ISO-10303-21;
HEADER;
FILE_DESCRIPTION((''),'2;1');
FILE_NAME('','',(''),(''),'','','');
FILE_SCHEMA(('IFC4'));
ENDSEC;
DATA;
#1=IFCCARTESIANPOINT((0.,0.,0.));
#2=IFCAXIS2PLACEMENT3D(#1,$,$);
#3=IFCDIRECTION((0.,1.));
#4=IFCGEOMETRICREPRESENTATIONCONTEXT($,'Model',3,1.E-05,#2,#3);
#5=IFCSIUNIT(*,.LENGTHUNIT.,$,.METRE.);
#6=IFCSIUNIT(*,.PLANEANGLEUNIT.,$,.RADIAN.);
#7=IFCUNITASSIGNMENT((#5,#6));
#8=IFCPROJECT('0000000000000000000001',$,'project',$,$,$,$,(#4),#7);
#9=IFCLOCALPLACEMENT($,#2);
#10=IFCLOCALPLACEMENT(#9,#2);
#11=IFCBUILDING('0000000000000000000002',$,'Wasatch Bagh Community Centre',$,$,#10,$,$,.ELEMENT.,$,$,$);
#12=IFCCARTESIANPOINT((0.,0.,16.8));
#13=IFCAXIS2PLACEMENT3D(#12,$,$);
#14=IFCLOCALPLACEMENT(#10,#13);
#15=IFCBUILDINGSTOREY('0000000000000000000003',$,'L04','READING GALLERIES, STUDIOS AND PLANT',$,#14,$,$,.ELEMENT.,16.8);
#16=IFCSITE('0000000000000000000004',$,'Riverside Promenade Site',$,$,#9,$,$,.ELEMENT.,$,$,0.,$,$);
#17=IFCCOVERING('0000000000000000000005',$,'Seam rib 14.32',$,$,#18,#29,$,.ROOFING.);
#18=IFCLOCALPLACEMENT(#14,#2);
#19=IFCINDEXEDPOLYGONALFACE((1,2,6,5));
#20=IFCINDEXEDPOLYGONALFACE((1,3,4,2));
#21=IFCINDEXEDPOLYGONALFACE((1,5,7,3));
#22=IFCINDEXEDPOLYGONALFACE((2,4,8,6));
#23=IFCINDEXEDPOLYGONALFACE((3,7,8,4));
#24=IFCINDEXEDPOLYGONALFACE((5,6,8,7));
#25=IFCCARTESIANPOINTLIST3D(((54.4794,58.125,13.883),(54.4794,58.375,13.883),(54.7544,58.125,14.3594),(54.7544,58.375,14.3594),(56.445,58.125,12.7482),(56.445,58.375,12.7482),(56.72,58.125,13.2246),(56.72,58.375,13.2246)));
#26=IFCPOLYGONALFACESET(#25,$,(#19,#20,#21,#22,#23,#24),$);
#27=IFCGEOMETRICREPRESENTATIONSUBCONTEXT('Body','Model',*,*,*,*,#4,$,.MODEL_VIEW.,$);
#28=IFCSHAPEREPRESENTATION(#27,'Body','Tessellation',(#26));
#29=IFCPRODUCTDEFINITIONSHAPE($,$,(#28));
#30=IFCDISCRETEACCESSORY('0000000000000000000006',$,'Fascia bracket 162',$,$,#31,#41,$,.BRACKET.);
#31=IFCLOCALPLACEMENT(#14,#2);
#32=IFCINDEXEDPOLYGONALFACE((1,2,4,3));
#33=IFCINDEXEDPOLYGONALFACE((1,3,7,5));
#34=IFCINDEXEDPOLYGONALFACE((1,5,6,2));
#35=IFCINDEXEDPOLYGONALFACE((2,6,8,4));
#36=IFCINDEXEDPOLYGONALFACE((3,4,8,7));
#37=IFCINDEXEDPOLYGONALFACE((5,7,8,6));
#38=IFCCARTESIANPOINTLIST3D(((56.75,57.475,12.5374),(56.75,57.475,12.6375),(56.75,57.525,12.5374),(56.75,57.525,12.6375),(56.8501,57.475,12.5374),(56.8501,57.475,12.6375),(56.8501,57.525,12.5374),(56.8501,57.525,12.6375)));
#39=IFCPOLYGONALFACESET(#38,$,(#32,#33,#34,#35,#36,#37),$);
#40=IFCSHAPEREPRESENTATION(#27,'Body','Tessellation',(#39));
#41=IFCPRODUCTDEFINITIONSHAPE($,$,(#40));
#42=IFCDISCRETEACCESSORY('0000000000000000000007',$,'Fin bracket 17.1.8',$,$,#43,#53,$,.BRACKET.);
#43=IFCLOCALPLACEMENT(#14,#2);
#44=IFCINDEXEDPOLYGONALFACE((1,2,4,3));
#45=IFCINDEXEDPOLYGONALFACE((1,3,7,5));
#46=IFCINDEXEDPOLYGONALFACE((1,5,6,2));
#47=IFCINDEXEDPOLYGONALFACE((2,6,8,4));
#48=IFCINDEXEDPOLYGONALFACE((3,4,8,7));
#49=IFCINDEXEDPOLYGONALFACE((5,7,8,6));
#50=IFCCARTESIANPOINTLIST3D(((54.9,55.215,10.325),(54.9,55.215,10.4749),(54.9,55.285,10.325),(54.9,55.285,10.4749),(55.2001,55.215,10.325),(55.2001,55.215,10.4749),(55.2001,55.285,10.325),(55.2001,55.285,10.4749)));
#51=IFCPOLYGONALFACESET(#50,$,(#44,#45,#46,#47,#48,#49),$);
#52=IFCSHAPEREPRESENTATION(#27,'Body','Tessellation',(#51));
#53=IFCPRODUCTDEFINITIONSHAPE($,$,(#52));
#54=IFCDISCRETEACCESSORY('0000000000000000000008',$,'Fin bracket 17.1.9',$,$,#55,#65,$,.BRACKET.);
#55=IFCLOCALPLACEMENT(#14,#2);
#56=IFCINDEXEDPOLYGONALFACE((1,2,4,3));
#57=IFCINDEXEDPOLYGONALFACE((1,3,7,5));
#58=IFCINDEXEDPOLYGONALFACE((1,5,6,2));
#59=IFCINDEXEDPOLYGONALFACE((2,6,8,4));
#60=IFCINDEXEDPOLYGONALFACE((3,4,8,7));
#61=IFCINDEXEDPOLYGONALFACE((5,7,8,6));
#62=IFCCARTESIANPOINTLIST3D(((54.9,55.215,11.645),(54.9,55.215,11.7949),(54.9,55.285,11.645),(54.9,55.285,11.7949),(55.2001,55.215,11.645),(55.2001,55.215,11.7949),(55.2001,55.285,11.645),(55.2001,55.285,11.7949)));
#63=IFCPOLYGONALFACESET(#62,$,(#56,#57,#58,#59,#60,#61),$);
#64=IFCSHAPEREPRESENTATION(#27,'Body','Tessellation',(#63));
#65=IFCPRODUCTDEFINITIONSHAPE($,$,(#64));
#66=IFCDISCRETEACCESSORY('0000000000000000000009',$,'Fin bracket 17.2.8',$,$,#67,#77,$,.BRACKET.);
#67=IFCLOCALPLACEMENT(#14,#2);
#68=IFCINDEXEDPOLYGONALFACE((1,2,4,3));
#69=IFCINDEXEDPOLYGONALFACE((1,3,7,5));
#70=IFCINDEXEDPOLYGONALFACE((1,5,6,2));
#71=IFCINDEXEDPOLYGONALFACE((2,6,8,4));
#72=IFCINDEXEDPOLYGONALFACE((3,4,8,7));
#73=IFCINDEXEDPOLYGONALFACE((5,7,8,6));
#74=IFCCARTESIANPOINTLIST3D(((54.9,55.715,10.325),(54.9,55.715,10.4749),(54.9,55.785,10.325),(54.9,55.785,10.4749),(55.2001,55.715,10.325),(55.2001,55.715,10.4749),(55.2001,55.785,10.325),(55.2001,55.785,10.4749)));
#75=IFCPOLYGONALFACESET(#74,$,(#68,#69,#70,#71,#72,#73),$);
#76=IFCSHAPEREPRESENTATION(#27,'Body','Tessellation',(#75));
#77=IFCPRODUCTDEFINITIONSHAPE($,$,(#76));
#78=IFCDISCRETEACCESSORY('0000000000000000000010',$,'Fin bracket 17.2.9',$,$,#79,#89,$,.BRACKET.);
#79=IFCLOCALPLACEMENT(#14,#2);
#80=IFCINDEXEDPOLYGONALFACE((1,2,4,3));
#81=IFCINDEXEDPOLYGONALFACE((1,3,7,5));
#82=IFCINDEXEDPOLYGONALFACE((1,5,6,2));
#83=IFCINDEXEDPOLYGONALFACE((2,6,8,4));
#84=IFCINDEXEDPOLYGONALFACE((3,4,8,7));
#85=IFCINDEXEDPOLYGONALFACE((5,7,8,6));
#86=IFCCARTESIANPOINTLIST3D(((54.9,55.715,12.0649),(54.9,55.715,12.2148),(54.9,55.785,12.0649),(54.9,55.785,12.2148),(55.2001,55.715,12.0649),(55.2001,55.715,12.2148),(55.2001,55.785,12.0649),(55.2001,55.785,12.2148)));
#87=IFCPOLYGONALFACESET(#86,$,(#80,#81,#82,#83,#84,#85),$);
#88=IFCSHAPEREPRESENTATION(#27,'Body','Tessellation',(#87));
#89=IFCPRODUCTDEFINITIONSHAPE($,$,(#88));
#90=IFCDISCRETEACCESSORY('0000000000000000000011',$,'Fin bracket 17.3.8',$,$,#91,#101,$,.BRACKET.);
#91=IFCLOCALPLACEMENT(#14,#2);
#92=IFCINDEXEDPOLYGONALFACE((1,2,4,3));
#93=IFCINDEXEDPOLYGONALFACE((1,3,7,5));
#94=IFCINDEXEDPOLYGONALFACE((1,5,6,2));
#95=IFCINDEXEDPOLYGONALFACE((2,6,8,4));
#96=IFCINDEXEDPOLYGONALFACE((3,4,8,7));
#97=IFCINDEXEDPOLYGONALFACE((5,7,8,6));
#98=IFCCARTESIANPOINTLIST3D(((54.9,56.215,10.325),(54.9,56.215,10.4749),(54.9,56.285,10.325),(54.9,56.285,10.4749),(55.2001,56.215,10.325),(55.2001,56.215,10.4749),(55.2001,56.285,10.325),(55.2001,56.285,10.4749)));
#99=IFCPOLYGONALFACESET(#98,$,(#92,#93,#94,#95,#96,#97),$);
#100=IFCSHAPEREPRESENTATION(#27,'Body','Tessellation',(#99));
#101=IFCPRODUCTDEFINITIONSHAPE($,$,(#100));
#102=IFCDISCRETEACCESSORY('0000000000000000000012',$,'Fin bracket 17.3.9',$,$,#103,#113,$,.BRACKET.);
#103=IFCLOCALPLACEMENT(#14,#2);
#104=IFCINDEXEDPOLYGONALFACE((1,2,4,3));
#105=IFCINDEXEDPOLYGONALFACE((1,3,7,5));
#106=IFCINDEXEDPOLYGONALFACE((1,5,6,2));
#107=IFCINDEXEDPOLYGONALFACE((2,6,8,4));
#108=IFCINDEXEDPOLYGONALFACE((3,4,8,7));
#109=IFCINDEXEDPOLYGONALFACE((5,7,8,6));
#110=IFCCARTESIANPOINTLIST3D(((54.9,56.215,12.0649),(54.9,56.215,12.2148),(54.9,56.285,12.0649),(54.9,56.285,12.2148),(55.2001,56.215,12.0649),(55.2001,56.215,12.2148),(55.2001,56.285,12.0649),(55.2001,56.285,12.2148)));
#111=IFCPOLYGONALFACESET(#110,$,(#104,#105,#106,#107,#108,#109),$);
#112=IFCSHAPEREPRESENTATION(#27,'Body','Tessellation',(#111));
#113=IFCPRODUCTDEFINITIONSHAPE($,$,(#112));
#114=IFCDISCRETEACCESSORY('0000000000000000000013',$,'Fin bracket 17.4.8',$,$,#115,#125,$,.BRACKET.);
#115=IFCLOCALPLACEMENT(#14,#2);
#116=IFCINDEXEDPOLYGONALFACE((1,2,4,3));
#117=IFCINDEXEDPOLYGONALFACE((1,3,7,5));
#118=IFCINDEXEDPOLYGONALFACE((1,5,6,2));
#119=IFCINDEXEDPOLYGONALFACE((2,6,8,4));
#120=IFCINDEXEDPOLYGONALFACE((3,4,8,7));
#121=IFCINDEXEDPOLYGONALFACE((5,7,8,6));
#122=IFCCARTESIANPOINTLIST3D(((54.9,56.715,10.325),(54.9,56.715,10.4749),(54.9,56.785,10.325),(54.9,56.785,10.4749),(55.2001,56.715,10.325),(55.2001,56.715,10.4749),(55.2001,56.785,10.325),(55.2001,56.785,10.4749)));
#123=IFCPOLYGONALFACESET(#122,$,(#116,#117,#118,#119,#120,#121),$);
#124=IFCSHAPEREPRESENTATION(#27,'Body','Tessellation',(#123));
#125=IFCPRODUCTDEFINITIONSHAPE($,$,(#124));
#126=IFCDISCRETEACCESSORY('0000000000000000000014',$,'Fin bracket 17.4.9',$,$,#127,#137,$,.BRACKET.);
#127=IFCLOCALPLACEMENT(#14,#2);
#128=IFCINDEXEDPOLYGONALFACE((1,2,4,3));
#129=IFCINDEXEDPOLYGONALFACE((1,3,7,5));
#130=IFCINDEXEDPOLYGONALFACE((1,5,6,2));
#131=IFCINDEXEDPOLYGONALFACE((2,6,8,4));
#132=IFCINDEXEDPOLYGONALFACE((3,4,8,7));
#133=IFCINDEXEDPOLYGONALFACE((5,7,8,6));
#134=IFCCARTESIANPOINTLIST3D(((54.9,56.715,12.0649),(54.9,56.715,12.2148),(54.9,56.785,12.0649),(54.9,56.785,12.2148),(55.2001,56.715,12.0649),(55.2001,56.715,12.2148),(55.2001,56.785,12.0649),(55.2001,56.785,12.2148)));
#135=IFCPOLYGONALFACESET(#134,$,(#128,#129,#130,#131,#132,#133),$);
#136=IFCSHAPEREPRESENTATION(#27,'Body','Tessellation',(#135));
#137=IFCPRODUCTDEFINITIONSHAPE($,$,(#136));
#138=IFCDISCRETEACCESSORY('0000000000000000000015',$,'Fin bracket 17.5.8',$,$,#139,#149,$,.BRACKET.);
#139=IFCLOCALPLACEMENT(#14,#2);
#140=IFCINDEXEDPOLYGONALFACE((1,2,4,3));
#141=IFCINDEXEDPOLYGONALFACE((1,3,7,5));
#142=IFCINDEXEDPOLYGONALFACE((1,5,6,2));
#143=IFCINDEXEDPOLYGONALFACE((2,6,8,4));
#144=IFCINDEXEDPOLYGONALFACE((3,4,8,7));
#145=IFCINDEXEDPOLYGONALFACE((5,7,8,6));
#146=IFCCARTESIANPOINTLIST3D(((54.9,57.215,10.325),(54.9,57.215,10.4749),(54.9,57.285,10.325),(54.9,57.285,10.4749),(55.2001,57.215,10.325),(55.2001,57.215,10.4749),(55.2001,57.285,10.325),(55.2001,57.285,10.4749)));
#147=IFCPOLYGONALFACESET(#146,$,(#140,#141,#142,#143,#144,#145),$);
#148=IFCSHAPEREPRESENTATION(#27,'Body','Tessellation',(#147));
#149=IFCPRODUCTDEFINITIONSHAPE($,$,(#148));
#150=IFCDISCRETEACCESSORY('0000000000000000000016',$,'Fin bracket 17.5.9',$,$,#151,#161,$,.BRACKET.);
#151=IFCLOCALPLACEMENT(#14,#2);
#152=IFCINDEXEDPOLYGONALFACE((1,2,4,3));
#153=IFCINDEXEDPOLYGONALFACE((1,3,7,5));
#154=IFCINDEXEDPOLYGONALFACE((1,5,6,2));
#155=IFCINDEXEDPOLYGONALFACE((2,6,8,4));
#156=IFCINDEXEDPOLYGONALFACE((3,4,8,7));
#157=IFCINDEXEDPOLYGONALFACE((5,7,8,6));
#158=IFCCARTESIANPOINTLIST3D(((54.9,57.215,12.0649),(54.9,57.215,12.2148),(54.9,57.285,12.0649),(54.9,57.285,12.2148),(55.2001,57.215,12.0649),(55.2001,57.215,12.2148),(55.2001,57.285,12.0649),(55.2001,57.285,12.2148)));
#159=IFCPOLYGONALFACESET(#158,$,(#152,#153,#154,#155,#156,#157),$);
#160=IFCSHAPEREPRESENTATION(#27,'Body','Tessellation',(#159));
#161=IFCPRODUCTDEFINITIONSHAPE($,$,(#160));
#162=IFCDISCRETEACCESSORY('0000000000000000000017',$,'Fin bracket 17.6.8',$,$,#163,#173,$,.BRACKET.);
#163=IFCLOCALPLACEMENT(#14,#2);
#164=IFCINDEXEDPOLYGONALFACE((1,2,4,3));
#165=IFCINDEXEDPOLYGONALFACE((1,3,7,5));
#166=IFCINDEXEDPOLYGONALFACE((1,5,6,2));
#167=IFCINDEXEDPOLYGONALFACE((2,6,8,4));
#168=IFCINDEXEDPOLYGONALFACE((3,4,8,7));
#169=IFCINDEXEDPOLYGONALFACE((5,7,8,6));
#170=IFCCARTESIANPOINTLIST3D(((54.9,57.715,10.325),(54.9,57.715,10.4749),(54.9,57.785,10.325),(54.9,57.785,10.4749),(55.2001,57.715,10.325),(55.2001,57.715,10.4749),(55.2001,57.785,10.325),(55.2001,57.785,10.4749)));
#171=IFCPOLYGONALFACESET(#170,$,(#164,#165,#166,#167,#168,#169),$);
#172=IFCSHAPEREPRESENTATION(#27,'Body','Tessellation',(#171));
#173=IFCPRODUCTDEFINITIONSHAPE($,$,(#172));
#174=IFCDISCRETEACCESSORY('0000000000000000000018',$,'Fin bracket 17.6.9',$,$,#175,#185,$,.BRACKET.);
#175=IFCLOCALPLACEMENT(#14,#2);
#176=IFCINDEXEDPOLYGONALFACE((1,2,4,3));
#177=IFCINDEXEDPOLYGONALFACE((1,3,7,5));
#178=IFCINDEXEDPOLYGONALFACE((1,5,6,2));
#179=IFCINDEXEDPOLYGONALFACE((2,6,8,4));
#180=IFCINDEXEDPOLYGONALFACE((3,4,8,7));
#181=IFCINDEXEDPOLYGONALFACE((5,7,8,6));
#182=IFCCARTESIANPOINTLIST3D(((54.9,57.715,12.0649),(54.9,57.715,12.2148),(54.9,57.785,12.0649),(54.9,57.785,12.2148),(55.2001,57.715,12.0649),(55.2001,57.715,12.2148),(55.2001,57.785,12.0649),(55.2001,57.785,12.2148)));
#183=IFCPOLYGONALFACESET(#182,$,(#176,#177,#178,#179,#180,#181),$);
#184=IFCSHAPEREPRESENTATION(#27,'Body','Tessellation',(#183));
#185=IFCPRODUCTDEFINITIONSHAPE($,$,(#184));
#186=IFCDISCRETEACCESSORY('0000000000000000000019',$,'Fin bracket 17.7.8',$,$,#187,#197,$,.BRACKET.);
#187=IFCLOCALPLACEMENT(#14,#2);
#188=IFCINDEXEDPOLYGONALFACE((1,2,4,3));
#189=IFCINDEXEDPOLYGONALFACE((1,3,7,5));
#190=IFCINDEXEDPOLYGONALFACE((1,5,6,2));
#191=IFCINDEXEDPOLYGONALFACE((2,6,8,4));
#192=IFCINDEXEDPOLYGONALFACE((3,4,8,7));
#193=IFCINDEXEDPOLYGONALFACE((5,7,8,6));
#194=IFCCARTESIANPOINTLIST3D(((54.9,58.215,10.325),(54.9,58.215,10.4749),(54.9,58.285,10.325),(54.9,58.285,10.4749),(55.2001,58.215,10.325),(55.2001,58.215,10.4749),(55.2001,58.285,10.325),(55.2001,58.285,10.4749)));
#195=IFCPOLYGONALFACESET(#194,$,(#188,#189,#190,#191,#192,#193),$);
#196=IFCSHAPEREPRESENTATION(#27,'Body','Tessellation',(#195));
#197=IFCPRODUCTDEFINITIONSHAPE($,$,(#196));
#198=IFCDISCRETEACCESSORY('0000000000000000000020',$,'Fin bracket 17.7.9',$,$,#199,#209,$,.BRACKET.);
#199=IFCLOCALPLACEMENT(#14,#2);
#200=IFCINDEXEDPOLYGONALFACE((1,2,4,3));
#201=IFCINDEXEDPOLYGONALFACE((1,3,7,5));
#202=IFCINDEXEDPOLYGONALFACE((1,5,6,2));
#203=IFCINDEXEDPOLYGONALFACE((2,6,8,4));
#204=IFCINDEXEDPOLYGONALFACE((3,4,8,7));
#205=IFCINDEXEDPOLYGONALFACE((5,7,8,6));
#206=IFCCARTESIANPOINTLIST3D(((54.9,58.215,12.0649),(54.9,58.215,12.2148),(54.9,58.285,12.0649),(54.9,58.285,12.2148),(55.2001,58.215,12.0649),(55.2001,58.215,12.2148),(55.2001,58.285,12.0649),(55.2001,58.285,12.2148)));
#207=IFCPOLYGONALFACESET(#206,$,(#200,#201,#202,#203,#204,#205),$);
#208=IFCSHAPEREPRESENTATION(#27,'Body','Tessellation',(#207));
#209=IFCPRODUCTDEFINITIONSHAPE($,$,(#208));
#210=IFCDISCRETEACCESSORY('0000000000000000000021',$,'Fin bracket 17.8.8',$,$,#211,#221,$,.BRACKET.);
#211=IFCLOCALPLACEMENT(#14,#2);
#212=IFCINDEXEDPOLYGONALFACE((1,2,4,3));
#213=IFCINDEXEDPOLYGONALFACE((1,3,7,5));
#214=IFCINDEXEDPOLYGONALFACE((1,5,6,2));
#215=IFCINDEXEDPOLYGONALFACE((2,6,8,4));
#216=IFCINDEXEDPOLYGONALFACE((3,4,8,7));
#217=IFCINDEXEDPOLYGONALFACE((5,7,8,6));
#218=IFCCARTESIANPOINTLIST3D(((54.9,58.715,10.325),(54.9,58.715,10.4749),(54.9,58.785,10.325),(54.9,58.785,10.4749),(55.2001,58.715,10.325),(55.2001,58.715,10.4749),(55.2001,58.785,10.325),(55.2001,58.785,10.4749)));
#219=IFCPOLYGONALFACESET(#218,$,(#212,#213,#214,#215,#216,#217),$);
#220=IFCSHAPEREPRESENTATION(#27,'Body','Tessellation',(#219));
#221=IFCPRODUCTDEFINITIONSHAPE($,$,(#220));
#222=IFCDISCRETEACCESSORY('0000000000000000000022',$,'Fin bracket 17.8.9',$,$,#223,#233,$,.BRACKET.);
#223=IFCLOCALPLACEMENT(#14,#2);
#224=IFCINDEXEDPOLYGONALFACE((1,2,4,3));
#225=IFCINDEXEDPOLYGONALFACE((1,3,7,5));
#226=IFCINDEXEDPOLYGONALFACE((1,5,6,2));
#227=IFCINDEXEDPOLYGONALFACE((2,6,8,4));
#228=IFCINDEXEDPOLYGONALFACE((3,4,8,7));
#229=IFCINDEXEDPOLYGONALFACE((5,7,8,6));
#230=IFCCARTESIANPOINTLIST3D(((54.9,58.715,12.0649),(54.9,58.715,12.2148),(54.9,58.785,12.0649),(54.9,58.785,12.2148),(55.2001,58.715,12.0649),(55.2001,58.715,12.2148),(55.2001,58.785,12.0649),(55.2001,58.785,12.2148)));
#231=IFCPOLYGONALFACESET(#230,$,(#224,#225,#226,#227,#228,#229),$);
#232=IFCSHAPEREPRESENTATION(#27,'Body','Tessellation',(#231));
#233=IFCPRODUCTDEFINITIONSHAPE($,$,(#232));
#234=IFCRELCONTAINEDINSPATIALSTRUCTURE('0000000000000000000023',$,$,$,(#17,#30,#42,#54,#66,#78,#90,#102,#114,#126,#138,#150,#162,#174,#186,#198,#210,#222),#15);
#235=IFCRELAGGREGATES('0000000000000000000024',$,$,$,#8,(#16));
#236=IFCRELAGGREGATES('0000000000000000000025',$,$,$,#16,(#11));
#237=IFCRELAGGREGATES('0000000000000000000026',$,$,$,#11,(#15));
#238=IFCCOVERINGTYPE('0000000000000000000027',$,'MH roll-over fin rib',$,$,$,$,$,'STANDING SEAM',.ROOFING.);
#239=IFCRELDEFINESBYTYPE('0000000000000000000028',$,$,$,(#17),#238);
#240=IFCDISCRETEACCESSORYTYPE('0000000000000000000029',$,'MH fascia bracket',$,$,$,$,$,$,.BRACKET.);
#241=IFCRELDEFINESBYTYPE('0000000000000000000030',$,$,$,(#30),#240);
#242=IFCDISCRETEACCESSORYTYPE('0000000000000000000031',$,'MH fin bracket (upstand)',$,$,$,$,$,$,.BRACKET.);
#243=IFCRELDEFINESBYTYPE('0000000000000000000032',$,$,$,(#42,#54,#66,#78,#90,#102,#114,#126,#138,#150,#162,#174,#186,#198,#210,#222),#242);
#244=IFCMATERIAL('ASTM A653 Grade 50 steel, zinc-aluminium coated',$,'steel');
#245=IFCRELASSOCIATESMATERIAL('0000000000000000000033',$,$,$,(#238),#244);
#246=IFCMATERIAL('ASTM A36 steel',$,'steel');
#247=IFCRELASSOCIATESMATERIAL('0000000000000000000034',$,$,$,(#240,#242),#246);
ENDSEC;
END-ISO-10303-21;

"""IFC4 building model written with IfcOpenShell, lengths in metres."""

from ifc_helpers import new_model, si_unit, direction, frame, origin, origin_2d, place, context, subcontext, project, spatial, polyline, rectangle, outline, extrude, material, type_object, element, save


model = new_model("IFC4")

# Units and contexts
model_context = context("Model", 3, precision=1e-05, world=origin(), true_north=direction((0.0, 1.0)))
body_context = subcontext(model_context, "Body", "Model", "MODEL_VIEW")
ifc_project = project(units=[si_unit("LENGTHUNIT", "METRE"), si_unit("PLANEANGLEUNIT", "RADIAN")], contexts=[model_context])

# Site, building, storey
site_placement = place(None, origin())
site = spatial("IfcSite", under=ifc_project, at=site_placement, Name="Riverside Promenade Site", CompositionType="ELEMENT", RefElevation=0.0)
building_placement = place(site_placement, origin())
building = spatial("IfcBuilding", under=site, at=building_placement, Name="Wasatch Bagh Community Centre", CompositionType="ELEMENT")
storey_placement = place(building_placement, frame((0.0, 0.0, 16.8)))
storey = spatial("IfcBuildingStorey", under=building, at=storey_placement, Name="L04", Description="READING GALLERIES, STUDIOS AND PLANT", CompositionType="ELEMENT", Elevation=16.8)

# Covering
ifc_material_1 = material(Name="ASTM A653 Grade 50 steel, zinc-aluminium coated", Category="steel")
covering_type = type_object("IfcCoveringType", Name="MH roll-over fin rib", ElementType="STANDING SEAM", PredefinedType="ROOFING", material=ifc_material_1)
for number, where, z_axis, x_axis, name in (
    (1, (54.7544, 58.125, 14.3594), (0.49998, 0.0, 0.866037), (0.866037, 0.0, -0.49998), "Seam rib 14.32"),
):
    element("IfcCovering", number, at=place(storey_placement, frame(where, z_axis=z_axis, x_axis=x_axis)), inside=storey, type_object=covering_type, Name=name, PredefinedType="ROOFING", context=body_context, shape_type="SweptSolid", body=[
        extrude(outline(polyline([(0.0, 0.0), (2.2696, 0.0), (2.2696, 0.25), (0.0, 0.25), (0.0, 0.0)])), origin(), (0.0, 0.0, -1.0), 0.55),
    ])

# Discrete accessories
ifc_material_2 = material(Name="ASTM A36 steel", Category="steel")
discrete_accessory_type_1 = type_object("IfcDiscreteAccessoryType", Name="MH fascia bracket", PredefinedType="BRACKET", material=ifc_material_2)
discrete_accessory_1_placement = place(storey_placement, frame((56.8, 57.5, 12.5374), z_axis=(0.0, 0.0, 1.0), x_axis=(1.0, 0.0, 0.0)))
element("IfcDiscreteAccessory", 2, at=discrete_accessory_1_placement, inside=storey, type_object=discrete_accessory_type_1, Name="Fascia bracket 162", PredefinedType="BRACKET", context=body_context, shape_type="SweptSolid", body=[
    extrude(rectangle(XDim=0.1001, YDim=0.05, at=origin_2d()), origin(), (0.0, 0.0, 1.0), 0.1001),
])
discrete_accessory_type_2 = type_object("IfcDiscreteAccessoryType", Name="MH fin bracket (upstand)", PredefinedType="BRACKET", material=ifc_material_2)
for number, where, z_axis, x_axis, name in (
    (3, (55.05, 55.25, 10.325), (0.0, 0.0, 1.0), (0.0, 1.0, 0.0), "Fin bracket 17.1.8"),
    (4, (55.05, 55.25, 11.645), (0.0, 0.0, 1.0), (0.0, 1.0, 0.0), "Fin bracket 17.1.9"),
    (5, (55.05, 55.75, 10.325), (0.0, 0.0, 1.0), (0.0, 1.0, 0.0), "Fin bracket 17.2.8"),
    (6, (55.05, 55.75, 12.0649), (0.0, 0.0, 1.0), (0.0, 1.0, 0.0), "Fin bracket 17.2.9"),
    (7, (55.05, 56.25, 10.325), (0.0, 0.0, 1.0), (0.0, 1.0, 0.0), "Fin bracket 17.3.8"),
    (8, (55.05, 56.25, 12.0649), (0.0, 0.0, 1.0), (0.0, 1.0, 0.0), "Fin bracket 17.3.9"),
    (9, (55.05, 56.75, 10.325), (0.0, 0.0, 1.0), (0.0, 1.0, 0.0), "Fin bracket 17.4.8"),
    (10, (55.05, 56.75, 12.0649), (0.0, 0.0, 1.0), (0.0, 1.0, 0.0), "Fin bracket 17.4.9"),
    (11, (55.05, 57.25, 10.325), (0.0, 0.0, 1.0), (0.0, 1.0, 0.0), "Fin bracket 17.5.8"),
    (12, (55.05, 57.25, 12.0649), (0.0, 0.0, 1.0), (0.0, 1.0, 0.0), "Fin bracket 17.5.9"),
    (13, (55.05, 57.75, 10.325), (0.0, 0.0, 1.0), (0.0, 1.0, 0.0), "Fin bracket 17.6.8"),
    (14, (55.05, 57.75, 12.0649), (0.0, 0.0, 1.0), (0.0, 1.0, 0.0), "Fin bracket 17.6.9"),
    (15, (55.05, 58.25, 10.325), (0.0, 0.0, 1.0), (0.0, 1.0, 0.0), "Fin bracket 17.7.8"),
    (16, (55.05, 58.25, 12.0649), (0.0, 0.0, 1.0), (0.0, 1.0, 0.0), "Fin bracket 17.7.9"),
    (17, (55.05, 58.75, 10.325), (0.0, 0.0, 1.0), (0.0, 1.0, 0.0), "Fin bracket 17.8.8"),
    (18, (55.05, 58.75, 12.0649), (0.0, 0.0, 1.0), (0.0, 1.0, 0.0), "Fin bracket 17.8.9"),
):
    element("IfcDiscreteAccessory", number, at=place(storey_placement, frame(where, z_axis=z_axis, x_axis=x_axis)), inside=storey, type_object=discrete_accessory_type_2, Name=name, PredefinedType="BRACKET", context=body_context, shape_type="SweptSolid", body=[
        extrude(rectangle(XDim=0.0701, YDim=0.3, at=origin_2d()), origin(), (0.0, 0.0, 1.0), 0.1499),
    ])

save(model, "model.ifc")
